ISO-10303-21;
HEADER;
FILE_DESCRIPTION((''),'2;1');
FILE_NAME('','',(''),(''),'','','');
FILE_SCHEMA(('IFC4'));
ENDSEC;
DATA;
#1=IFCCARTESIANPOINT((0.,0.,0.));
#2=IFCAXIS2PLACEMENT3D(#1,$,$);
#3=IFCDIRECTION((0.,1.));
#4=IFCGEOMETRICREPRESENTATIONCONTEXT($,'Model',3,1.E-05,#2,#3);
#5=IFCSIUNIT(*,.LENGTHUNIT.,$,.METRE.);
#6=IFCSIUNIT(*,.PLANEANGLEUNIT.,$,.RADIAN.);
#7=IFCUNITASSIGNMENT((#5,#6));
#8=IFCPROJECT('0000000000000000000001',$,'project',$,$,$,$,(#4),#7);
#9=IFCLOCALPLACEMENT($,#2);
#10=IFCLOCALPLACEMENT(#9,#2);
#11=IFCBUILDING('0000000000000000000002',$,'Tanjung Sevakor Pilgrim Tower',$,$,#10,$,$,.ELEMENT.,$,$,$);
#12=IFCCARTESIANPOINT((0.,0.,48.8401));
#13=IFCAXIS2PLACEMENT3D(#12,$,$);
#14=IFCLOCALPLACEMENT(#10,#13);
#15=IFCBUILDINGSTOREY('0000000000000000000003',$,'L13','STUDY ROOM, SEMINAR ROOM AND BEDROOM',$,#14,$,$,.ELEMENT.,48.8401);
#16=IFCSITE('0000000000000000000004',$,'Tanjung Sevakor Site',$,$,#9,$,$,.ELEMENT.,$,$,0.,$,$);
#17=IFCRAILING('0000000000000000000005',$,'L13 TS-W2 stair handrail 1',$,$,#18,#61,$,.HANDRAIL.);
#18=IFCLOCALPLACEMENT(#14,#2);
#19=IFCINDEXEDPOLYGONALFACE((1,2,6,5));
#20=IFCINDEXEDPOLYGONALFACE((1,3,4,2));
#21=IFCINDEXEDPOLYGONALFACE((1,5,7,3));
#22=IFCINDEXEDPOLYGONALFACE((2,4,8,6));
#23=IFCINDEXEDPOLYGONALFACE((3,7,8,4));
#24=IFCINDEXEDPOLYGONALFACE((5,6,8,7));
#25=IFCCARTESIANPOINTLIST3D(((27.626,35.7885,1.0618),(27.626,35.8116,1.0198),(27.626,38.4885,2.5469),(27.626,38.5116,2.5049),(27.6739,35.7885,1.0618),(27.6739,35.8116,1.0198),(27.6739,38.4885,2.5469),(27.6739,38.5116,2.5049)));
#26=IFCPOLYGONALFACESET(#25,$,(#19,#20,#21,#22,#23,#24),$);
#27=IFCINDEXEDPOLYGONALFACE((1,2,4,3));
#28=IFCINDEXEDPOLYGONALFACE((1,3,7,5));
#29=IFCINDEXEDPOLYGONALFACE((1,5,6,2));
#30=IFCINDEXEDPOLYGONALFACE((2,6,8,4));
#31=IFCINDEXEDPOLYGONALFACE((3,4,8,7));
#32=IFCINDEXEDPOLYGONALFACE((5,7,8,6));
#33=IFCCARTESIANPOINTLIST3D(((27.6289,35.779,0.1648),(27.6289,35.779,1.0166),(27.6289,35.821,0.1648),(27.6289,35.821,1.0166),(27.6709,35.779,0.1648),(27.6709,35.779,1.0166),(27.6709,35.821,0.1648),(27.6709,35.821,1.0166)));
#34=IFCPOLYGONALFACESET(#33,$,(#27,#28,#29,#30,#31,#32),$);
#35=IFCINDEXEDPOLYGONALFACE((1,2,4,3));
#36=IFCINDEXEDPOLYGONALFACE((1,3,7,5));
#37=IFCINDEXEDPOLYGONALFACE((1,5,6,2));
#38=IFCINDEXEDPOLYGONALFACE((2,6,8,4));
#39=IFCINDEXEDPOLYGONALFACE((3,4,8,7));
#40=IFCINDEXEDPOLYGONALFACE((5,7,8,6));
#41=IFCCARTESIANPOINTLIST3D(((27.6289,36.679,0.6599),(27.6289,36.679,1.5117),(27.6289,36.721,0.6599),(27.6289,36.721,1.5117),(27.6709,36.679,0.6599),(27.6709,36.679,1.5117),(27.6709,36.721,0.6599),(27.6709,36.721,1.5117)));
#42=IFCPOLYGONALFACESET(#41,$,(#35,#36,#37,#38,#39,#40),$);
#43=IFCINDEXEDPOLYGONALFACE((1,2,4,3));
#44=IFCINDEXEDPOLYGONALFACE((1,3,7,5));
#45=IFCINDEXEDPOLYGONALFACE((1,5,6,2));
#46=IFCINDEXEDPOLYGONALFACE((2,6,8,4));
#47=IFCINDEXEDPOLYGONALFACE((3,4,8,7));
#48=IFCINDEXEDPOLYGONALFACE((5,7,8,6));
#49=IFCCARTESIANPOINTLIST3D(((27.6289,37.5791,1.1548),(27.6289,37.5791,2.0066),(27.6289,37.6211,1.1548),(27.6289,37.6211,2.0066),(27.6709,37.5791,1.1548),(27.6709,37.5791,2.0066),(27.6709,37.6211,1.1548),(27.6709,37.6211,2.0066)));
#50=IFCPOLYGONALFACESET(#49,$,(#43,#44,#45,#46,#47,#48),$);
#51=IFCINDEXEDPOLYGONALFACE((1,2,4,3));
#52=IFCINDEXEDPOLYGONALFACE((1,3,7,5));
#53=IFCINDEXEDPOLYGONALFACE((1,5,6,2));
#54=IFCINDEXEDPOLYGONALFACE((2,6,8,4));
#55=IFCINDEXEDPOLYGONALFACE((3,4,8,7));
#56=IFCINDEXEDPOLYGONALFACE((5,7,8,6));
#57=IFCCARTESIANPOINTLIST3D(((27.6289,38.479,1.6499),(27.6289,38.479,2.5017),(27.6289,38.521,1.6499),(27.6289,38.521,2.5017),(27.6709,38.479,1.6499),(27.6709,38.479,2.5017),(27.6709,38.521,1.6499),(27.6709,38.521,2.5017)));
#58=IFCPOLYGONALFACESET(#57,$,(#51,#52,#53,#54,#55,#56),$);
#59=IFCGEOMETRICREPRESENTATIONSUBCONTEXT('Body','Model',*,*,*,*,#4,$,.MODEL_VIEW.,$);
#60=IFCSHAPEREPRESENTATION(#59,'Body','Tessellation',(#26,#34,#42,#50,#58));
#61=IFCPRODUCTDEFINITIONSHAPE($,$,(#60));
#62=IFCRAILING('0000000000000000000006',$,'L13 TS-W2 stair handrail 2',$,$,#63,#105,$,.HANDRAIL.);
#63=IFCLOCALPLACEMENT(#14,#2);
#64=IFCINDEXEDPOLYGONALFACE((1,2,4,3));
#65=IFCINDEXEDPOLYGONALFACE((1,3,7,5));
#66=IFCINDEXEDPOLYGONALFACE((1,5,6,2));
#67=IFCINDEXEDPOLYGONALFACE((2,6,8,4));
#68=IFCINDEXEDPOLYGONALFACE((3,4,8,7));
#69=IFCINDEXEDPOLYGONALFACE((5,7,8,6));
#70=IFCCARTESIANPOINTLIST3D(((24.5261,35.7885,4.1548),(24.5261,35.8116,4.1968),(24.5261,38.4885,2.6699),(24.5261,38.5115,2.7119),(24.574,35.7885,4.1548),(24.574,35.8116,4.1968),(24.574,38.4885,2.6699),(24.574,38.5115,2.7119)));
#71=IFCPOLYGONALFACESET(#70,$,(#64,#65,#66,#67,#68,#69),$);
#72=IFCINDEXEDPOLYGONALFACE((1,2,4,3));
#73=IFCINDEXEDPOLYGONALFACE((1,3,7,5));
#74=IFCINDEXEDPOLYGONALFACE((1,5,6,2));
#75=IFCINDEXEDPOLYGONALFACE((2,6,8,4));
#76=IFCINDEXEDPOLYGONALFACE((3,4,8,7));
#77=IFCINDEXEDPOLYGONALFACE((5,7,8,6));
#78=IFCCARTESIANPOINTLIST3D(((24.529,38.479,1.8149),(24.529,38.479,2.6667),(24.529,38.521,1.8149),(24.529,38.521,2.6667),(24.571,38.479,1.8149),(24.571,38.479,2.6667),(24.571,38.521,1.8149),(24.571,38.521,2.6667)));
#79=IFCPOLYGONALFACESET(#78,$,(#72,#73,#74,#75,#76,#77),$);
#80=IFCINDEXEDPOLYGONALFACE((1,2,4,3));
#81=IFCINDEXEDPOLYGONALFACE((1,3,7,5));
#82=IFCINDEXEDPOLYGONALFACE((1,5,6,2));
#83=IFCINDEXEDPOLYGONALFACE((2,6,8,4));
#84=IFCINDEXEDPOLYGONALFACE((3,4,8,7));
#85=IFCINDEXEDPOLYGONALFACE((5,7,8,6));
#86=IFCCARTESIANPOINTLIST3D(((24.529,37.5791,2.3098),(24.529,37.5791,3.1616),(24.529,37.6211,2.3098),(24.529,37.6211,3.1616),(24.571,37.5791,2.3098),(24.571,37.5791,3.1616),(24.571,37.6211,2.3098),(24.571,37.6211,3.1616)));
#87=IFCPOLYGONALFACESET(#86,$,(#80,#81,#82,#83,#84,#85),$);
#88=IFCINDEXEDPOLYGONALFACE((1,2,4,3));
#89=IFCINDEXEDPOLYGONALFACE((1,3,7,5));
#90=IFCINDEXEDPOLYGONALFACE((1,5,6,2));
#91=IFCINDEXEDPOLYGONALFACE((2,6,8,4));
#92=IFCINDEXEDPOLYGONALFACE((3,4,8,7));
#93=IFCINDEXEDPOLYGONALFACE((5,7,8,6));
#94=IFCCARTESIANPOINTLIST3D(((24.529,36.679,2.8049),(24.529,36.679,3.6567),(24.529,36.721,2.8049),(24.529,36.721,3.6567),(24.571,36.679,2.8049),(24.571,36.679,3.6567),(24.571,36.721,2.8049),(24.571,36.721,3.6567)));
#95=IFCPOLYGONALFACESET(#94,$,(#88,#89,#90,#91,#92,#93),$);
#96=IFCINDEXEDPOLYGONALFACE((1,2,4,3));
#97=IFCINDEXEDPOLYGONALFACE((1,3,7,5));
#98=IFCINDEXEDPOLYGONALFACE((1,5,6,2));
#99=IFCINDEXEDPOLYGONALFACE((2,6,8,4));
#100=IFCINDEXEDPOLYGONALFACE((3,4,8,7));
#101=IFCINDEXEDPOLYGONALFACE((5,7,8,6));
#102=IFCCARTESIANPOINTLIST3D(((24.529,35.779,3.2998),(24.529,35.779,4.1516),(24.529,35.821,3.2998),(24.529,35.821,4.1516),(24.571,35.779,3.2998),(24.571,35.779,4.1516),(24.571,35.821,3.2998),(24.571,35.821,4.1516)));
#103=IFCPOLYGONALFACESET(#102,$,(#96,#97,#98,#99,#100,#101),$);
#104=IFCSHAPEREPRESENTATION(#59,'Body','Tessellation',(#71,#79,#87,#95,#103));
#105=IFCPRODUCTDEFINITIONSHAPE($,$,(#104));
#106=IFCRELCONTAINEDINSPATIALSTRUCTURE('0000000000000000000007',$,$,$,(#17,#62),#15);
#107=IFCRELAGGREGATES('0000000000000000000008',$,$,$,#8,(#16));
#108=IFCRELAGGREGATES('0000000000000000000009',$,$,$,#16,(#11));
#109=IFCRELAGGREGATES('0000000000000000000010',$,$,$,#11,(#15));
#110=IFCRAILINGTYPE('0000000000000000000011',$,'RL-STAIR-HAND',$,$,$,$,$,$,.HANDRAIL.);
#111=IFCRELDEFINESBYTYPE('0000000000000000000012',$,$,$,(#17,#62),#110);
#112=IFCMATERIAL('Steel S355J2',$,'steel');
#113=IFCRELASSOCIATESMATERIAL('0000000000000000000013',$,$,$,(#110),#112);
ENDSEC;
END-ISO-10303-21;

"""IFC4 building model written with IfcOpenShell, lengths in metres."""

from ifc_helpers import new_model, si_unit, direction, frame, origin, place, context, subcontext, project, spatial, rectangle, extrude, material, type_object, element, save


model = new_model("IFC4")

# Units and contexts
model_context = context("Model", 3, precision=1e-05, world=origin(), true_north=direction((0.0, 1.0)))
body_context = subcontext(model_context, "Body", "Model", "MODEL_VIEW")
ifc_project = project(units=[si_unit("LENGTHUNIT", "METRE"), si_unit("PLANEANGLEUNIT", "RADIAN")], contexts=[model_context])

# Site, building, storey
site_placement = place(None, origin())
site = spatial("IfcSite", under=ifc_project, at=site_placement, Name="Tanjung Sevakor Site", CompositionType="ELEMENT", RefElevation=0.0)
building_placement = place(site_placement, origin())
building = spatial("IfcBuilding", under=site, at=building_placement, Name="Tanjung Sevakor Pilgrim Tower", CompositionType="ELEMENT")
storey_placement = place(building_placement, frame((0.0, 0.0, 48.8401)))
storey = spatial("IfcBuildingStorey", under=building, at=storey_placement, Name="L13", Description="STUDY ROOM, SEMINAR ROOM AND BEDROOM", CompositionType="ELEMENT", Elevation=48.8401)

# Railings
ifc_material_1 = material(Name="Steel S355J2", Category="steel")
railing_type_1 = type_object("IfcRailingType", Name="RL-STAIR-HAND", PredefinedType="HANDRAIL", material=ifc_material_1)
railing_1_placement = place(storey_placement, frame((27.6499, 35.8, 0.1648)))
element("IfcRailing", 1, at=railing_1_placement, inside=storey, type_object=railing_type_1, Name="L13 TS-W2 stair handrail 1", PredefinedType="HANDRAIL", context=body_context, shape_type="SweptSolid", body=[
    extrude(rectangle(XDim=0.0479, YDim=0.0479), frame((0.0, 0.0, 0.876), z_axis=(0.0, 0.876198, 0.481952), x_axis=(-1.0, 0.0, 0.0)), (0.0, 0.0, 1.0), 3.0815),
    extrude(rectangle(XDim=0.042, YDim=0.042), origin(), (0.0, 0.0, 1.0), 0.8518),
    extrude(rectangle(XDim=0.042, YDim=0.042), frame((0.0, 0.8999, 0.4951)), (0.0, 0.0, 1.0), 0.8518),
    extrude(rectangle(XDim=0.042, YDim=0.042), frame((0.0, 1.8, 0.99)), (0.0, 0.0, 1.0), 0.8518),
    extrude(rectangle(XDim=0.042, YDim=0.042), frame((0.0, 2.7, 1.4851)), (0.0, 0.0, 1.0), 0.8518),
])
railing_2_placement = place(storey_placement, frame((24.55, 38.5, 1.8149)))
element("IfcRailing", 2, at=railing_2_placement, inside=storey, type_object=railing_type_1, Name="L13 TS-W2 stair handrail 2", PredefinedType="HANDRAIL", context=body_context, shape_type="SweptSolid", body=[
    extrude(rectangle(XDim=0.0479, YDim=0.0479), frame((0.0, 0.0, 0.876), z_axis=(0.0, -0.876231, 0.481891), x_axis=(1.0, 0.0, 0.0)), (0.0, 0.0, 1.0), 3.0813),
    extrude(rectangle(XDim=0.042, YDim=0.042), origin(), (0.0, 0.0, 1.0), 0.8518),
    extrude(rectangle(XDim=0.042, YDim=0.042), frame((0.0, -0.8999, 0.4949)), (0.0, 0.0, 1.0), 0.8518),
    extrude(rectangle(XDim=0.042, YDim=0.042), frame((0.0, -1.8, 0.99)), (0.0, 0.0, 1.0), 0.8518),
    extrude(rectangle(XDim=0.042, YDim=0.042), frame((0.0, -2.7, 1.4849)), (0.0, 0.0, 1.0), 0.8518),
])

save(model, "model.ifc")
